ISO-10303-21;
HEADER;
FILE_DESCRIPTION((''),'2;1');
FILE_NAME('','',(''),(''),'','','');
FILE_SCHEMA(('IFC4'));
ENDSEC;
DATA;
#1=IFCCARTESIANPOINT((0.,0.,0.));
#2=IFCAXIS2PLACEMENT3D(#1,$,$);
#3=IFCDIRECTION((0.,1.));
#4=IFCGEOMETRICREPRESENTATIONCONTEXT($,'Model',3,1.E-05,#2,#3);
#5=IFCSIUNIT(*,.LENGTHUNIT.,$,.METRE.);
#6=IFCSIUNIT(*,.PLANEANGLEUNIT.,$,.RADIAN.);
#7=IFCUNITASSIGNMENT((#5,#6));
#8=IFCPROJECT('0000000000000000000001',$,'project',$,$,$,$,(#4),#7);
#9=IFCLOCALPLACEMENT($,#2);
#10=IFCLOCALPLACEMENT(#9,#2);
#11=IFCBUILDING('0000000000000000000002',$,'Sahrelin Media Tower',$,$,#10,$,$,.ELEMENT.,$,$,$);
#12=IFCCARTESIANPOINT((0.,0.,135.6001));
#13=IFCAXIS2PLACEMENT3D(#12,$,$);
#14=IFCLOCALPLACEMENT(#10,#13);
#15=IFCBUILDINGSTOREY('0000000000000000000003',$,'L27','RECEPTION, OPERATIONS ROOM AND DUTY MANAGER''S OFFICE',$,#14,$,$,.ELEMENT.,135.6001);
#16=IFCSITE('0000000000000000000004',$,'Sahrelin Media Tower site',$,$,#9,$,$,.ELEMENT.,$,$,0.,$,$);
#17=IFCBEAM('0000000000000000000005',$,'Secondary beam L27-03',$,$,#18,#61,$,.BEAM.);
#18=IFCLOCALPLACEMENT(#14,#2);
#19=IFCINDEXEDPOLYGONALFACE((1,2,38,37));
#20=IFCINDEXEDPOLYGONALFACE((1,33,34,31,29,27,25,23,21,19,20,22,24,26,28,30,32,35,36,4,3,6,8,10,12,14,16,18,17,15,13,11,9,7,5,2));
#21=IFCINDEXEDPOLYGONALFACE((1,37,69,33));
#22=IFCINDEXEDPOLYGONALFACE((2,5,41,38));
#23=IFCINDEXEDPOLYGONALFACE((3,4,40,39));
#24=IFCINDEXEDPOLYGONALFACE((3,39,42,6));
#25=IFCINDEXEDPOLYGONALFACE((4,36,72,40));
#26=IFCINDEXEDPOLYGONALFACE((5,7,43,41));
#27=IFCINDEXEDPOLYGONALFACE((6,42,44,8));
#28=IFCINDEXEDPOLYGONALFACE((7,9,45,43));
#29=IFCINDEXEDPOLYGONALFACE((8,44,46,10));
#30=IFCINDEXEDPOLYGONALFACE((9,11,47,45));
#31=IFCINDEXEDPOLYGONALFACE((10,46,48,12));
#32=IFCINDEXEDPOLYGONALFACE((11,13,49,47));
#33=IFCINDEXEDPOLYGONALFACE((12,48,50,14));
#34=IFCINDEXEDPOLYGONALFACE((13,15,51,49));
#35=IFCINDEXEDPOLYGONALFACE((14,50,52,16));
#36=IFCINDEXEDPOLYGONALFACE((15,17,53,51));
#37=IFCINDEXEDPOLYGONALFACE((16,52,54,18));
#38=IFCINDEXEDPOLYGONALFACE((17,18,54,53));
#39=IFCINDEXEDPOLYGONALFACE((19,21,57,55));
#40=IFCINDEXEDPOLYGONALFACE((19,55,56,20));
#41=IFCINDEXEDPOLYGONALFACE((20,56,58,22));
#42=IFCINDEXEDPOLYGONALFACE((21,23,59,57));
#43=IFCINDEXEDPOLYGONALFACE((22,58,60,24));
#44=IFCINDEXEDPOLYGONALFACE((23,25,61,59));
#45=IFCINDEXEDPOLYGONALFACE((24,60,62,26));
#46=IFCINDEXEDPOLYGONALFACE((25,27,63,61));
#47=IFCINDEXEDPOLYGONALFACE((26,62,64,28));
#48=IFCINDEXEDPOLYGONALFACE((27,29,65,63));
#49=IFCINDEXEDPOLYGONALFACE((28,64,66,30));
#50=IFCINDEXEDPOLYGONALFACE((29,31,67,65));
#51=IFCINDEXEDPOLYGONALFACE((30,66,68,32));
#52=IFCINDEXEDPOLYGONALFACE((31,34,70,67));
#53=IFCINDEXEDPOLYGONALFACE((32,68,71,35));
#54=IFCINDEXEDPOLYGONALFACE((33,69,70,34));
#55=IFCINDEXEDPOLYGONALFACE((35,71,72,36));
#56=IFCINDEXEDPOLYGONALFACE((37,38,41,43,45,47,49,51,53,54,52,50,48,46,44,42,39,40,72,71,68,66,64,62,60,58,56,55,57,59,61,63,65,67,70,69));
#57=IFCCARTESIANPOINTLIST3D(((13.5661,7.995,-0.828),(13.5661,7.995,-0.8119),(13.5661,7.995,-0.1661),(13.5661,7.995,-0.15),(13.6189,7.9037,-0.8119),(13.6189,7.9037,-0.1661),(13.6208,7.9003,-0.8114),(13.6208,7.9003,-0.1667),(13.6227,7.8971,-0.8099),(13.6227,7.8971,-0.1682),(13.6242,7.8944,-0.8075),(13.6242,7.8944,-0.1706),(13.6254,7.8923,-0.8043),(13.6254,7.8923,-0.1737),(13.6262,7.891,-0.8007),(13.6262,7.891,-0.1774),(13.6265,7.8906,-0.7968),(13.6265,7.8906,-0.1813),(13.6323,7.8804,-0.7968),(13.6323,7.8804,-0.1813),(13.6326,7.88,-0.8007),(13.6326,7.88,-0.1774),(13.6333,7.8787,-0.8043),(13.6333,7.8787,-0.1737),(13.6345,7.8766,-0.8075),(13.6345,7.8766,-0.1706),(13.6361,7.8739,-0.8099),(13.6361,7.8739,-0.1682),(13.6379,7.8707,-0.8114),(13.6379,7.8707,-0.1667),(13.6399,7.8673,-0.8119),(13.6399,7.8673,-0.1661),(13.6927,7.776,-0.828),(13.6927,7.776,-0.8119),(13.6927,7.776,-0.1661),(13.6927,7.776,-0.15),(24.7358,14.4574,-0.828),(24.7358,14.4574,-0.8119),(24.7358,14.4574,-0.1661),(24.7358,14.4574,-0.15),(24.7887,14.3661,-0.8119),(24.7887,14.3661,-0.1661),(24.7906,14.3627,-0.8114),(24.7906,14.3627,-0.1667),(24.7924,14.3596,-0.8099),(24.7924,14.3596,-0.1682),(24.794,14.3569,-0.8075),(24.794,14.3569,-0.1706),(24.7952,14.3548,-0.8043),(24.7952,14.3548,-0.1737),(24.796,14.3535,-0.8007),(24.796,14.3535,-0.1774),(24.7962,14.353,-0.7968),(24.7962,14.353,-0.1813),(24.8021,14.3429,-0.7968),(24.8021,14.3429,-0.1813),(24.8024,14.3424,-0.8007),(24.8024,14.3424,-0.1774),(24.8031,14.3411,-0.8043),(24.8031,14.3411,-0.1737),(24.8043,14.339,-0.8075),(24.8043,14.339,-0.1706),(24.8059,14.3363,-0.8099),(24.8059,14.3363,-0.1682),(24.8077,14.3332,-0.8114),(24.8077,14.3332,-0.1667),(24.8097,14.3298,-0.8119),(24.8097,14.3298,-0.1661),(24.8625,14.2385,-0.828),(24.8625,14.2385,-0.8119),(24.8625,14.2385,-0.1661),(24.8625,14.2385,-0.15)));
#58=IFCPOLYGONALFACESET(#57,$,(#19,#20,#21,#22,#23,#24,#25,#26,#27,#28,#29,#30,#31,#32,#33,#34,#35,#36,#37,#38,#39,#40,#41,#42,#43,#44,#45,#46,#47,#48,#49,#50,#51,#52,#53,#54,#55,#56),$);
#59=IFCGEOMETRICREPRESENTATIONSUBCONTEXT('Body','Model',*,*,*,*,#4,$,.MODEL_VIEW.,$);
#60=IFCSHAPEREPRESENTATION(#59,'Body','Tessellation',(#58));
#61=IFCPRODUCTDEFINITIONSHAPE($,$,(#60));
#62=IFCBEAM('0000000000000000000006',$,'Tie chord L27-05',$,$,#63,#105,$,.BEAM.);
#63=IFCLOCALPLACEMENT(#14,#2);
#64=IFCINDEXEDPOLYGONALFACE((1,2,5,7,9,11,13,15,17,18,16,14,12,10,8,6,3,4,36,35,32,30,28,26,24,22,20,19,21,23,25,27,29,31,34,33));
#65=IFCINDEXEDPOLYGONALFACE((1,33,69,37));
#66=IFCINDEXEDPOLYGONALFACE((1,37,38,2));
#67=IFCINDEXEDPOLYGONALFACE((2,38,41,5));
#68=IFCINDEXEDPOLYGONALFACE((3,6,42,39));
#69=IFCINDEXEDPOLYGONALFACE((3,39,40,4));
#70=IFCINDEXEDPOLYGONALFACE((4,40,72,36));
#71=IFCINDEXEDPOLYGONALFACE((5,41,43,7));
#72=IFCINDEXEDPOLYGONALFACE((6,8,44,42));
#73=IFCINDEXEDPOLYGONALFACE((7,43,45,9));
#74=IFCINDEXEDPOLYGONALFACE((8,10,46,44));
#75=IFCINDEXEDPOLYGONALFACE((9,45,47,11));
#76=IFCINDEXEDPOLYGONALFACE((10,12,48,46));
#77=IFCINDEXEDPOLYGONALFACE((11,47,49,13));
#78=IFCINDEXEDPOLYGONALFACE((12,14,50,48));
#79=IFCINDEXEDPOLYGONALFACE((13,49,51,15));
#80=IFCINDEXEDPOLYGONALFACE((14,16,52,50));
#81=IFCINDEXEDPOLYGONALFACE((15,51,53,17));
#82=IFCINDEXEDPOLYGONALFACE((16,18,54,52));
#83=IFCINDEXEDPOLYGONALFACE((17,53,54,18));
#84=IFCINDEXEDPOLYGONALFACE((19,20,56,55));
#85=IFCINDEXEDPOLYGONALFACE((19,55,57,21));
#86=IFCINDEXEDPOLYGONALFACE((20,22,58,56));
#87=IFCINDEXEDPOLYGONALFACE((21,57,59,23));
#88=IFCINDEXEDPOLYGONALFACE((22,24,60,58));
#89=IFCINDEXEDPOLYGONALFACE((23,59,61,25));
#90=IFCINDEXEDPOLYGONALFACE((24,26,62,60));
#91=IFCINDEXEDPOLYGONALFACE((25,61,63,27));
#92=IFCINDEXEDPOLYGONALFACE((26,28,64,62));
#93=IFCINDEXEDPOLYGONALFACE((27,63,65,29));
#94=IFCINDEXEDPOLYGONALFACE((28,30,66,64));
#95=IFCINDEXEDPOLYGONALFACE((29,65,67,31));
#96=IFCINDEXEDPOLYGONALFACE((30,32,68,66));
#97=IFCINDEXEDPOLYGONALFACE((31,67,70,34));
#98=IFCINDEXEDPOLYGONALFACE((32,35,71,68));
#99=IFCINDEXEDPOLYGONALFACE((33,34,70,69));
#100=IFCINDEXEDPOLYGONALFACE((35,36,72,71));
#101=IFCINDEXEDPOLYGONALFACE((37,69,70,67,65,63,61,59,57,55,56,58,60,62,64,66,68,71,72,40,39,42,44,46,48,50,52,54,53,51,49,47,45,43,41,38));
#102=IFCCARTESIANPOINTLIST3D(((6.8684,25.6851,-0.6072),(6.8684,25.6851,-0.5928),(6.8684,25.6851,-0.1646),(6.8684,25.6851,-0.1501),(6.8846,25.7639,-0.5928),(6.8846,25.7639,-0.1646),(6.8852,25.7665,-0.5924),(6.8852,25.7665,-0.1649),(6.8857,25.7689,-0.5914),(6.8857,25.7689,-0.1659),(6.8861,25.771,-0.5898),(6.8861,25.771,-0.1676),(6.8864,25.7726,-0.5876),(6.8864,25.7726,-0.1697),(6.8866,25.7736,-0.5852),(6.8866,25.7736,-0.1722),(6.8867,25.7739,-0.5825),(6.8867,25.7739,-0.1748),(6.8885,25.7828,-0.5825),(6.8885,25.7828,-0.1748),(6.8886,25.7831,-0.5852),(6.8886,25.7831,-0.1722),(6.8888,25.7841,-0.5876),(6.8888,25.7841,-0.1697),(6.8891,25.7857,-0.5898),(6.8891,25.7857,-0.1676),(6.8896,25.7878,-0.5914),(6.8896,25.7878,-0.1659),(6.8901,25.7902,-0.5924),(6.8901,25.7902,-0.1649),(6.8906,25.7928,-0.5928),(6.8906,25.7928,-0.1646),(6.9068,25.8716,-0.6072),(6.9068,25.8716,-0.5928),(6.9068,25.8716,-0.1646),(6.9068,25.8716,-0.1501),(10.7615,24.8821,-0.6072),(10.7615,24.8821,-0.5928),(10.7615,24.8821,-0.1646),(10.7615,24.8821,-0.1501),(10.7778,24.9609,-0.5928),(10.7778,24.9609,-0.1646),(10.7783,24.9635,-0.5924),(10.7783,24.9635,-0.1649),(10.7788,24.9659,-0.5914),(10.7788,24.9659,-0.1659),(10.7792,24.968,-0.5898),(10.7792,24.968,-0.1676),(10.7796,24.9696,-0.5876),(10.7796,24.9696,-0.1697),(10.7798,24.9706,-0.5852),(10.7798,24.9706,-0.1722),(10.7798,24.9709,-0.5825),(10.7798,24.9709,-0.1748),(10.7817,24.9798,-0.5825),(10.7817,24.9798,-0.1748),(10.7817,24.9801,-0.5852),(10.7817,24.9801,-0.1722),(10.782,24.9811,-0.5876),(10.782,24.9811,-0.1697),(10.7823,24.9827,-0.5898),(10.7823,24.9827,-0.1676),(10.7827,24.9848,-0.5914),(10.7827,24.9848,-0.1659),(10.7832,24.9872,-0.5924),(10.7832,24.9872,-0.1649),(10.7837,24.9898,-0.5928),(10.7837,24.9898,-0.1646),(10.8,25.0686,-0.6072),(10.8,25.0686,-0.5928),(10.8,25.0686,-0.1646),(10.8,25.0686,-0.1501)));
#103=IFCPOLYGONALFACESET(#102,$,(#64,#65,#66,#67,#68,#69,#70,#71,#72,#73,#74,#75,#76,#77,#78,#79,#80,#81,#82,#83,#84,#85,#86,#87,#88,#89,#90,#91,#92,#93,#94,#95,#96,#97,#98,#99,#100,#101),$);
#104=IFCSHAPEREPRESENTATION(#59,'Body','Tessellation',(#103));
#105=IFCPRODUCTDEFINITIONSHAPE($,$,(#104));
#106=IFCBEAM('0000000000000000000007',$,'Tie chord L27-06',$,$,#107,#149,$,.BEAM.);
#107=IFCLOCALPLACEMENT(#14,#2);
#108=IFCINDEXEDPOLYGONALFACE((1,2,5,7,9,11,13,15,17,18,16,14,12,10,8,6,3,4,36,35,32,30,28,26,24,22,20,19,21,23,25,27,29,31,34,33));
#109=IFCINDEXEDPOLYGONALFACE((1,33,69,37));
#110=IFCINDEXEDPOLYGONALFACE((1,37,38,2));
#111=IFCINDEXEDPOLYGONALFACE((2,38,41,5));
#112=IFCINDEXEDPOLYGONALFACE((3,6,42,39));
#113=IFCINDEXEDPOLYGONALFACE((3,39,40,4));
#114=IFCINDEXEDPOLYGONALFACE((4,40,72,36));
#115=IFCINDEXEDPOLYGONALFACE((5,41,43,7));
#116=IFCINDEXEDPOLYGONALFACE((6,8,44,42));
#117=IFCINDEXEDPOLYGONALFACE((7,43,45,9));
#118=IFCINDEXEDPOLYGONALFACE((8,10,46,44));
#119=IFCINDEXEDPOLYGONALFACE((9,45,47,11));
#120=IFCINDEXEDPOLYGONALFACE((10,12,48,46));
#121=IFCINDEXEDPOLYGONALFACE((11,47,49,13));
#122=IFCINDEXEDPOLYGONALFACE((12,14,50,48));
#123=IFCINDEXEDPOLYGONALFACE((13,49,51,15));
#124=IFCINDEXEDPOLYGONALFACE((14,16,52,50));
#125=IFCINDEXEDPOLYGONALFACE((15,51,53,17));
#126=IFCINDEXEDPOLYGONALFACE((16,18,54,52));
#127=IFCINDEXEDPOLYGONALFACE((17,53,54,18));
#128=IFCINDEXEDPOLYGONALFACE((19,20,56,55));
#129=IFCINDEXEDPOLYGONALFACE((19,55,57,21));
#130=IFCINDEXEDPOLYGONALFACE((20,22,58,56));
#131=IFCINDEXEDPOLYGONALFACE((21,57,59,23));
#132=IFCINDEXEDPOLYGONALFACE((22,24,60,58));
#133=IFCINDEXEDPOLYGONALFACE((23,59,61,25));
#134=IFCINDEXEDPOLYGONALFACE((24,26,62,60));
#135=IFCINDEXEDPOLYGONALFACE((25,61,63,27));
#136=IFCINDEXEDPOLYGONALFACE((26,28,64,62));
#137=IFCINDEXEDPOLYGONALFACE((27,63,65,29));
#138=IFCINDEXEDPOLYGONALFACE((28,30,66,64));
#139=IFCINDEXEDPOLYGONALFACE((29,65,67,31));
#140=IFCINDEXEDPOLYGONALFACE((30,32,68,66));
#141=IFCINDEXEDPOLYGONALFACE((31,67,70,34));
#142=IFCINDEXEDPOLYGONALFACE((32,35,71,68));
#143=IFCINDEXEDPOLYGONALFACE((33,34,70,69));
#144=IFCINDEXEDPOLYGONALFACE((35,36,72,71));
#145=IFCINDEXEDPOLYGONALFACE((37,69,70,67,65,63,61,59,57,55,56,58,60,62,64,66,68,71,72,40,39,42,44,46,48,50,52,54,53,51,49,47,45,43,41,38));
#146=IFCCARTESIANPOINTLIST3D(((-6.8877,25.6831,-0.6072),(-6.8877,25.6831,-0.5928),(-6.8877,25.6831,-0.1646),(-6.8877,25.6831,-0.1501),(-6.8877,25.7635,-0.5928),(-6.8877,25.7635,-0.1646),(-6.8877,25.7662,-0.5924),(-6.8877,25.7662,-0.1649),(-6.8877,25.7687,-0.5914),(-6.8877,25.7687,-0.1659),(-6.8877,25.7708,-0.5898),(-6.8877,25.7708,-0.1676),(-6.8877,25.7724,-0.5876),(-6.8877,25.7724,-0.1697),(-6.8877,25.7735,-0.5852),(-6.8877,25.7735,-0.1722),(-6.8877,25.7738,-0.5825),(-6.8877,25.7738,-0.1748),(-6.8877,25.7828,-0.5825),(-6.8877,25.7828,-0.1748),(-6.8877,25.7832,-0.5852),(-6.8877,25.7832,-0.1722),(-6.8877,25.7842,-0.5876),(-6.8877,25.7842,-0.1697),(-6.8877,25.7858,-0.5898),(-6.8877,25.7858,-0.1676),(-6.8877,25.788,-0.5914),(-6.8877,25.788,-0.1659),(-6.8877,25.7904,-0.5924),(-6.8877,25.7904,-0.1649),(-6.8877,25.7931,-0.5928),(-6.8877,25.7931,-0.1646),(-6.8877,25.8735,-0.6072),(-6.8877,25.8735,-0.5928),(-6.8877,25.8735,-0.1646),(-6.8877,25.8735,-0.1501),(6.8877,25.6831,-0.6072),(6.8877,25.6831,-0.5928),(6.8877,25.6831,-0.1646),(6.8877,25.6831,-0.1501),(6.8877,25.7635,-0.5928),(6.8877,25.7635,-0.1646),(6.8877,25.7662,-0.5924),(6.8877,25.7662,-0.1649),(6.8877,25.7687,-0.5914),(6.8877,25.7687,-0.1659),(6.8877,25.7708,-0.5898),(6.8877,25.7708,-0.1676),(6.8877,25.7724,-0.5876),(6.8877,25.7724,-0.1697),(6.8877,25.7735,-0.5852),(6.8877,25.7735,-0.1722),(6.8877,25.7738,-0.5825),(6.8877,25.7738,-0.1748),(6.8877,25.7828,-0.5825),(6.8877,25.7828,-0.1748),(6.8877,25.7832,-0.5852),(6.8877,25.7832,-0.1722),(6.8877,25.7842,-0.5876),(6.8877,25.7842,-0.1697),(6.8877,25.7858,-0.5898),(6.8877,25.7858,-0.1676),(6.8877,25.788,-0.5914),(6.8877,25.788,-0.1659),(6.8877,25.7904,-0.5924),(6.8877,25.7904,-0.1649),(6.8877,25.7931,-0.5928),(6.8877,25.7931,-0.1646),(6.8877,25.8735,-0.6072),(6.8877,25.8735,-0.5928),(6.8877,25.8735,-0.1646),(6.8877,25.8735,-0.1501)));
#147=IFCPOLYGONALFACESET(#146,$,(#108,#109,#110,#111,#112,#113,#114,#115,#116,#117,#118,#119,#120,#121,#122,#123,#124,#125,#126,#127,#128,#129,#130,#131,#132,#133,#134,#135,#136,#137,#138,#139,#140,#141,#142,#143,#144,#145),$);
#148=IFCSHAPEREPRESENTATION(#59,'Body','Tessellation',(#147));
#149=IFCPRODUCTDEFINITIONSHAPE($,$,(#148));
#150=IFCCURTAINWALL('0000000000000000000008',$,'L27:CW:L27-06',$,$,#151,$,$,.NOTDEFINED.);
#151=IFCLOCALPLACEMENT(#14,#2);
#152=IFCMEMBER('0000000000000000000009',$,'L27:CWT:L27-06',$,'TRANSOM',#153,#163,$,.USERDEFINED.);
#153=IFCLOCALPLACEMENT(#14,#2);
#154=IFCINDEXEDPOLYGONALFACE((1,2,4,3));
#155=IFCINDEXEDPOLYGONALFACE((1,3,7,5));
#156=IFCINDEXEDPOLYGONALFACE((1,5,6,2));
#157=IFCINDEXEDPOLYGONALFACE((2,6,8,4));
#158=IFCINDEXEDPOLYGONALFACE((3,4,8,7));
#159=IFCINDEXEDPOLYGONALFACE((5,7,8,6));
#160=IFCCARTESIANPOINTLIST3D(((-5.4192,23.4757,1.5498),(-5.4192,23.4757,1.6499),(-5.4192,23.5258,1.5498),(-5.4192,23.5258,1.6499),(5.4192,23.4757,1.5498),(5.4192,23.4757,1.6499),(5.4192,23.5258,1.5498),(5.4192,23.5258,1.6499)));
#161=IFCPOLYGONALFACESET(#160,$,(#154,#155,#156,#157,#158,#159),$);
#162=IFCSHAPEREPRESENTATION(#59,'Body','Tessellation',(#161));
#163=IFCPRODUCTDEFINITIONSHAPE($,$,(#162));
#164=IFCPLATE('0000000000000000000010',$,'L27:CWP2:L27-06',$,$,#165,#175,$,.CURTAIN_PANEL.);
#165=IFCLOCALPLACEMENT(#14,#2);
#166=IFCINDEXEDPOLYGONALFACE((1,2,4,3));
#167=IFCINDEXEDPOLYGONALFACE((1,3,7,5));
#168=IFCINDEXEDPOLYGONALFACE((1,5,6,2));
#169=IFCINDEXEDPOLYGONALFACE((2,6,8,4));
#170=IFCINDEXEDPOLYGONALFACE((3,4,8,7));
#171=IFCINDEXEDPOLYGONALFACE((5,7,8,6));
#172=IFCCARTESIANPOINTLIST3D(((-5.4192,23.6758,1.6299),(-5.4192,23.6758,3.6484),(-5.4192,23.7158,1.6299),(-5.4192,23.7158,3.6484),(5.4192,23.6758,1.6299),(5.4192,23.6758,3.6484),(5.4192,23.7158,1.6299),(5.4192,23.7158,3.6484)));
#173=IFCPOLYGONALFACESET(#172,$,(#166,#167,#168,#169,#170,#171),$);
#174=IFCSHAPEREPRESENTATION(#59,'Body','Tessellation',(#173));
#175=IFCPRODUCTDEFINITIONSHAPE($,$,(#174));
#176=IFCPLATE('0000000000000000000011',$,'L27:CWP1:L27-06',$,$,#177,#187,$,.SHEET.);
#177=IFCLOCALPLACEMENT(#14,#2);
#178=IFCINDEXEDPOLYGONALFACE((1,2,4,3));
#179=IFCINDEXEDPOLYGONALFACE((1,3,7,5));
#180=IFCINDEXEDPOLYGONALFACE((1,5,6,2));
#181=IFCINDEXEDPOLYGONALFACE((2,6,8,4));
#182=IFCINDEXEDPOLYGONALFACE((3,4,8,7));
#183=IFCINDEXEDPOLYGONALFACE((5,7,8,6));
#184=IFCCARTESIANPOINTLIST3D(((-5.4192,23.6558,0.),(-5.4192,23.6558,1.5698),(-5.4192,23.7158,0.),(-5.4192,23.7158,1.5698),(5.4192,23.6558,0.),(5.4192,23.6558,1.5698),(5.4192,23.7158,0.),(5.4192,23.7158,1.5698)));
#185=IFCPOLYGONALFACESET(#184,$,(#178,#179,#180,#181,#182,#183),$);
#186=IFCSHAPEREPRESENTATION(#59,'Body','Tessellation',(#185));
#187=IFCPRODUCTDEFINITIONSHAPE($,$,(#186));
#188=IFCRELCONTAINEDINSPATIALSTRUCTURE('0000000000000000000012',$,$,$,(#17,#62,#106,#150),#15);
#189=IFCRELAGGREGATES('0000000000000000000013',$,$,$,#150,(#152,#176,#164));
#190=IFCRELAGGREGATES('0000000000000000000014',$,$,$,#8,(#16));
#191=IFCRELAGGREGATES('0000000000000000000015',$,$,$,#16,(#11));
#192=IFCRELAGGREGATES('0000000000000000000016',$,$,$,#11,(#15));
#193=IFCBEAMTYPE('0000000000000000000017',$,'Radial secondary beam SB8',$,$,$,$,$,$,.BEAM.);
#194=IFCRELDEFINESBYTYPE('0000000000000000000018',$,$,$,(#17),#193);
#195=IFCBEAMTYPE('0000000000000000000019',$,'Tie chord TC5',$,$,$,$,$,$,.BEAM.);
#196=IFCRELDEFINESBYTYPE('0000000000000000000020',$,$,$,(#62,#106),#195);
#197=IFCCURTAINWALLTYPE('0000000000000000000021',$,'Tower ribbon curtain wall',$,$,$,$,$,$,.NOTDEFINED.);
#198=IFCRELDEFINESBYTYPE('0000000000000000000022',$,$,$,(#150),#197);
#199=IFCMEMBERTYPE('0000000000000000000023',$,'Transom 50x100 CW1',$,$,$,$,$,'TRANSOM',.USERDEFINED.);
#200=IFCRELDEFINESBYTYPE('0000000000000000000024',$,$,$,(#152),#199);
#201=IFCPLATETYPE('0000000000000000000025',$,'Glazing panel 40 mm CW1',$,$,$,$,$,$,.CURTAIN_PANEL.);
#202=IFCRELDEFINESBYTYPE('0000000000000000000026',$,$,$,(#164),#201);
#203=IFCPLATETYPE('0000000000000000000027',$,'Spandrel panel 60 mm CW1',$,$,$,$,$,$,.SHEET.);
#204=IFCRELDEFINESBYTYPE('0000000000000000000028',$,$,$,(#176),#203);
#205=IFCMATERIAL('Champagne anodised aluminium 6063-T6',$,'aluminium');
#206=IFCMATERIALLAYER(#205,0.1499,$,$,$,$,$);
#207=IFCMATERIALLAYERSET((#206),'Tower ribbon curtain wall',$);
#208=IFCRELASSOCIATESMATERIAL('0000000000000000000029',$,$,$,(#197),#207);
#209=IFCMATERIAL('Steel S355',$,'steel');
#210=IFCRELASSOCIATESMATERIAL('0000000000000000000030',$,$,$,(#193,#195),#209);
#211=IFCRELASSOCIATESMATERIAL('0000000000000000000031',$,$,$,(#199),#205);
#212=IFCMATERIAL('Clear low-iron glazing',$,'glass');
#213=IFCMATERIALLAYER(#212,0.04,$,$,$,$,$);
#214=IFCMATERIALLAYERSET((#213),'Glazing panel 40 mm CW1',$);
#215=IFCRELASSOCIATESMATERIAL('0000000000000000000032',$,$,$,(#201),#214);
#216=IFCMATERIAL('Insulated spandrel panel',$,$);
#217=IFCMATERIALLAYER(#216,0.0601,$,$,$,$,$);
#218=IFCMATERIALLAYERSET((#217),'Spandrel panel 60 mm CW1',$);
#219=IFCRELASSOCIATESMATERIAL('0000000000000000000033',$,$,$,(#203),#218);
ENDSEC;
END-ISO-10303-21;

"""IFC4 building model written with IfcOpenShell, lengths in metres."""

from ifc_helpers import new_model, si_unit, direction, frame, origin, origin_2d, place, context, subcontext, project, spatial, polyline, rectangle, i_section, outline, extrude, material, layer, layer_set, material_profile, profile_set, type_object, element, aggregate, save


model = new_model("IFC4")

# Units and contexts
model_context = context("Model", 3, precision=1e-05, world=origin(), true_north=direction((0.0, 1.0)))
body_context = subcontext(model_context, "Body", "Model", "MODEL_VIEW")
ifc_project = project(units=[si_unit("LENGTHUNIT", "METRE"), si_unit("PLANEANGLEUNIT", "RADIAN")], contexts=[model_context])

# Site, building, storey
site_placement = place(None, origin())
site = spatial("IfcSite", under=ifc_project, at=site_placement, Name="Sahrelin Media Tower site", CompositionType="ELEMENT", RefElevation=0.0)
building_placement = place(site_placement, origin())
building = spatial("IfcBuilding", under=site, at=building_placement, Name="Sahrelin Media Tower", CompositionType="ELEMENT")
storey_placement = place(building_placement, frame((0.0, 0.0, 135.6001)))
storey = spatial("IfcBuildingStorey", under=building, at=storey_placement, Name="L27", Description="RECEPTION, OPERATIONS ROOM AND DUTY MANAGER'S OFFICE", CompositionType="ELEMENT", Elevation=135.6001)

# Shared definitions
ifc_material_1 = material(Name="Steel S355", Category="steel")

# Shared definitions
ifc_material_2 = material(Name="Champagne anodised aluminium 6063-T6", Category="aluminium")
ifc_layer_1 = layer(ifc_material_2, 0.1499)
ifc_layer_set_1 = layer_set([ifc_layer_1], Name="Tower ribbon curtain wall")
curtain_wall_type = type_object("IfcCurtainWallType", Name="Tower ribbon curtain wall", PredefinedType="NOTDEFINED", material=ifc_layer_set_1)

# Beams
ifc_material_profile_1 = material_profile(ifc_material_1, i_section(OverallWidth=0.2529, OverallDepth=0.678, WebThickness=0.0117, FlangeThickness=0.0161, FilletRadius=0.0151, at=origin_2d()), Name="UB 686x254x125")
ifc_profile_set_1 = profile_set([ifc_material_profile_1], Name="Steel S355")
beam_type_1 = type_object("IfcBeamType", Name="Radial secondary beam SB8", PredefinedType="BEAM", material=ifc_profile_set_1)
beam_1_placement = place(storey_placement, frame((13.6294, 7.8855, -0.489), z_axis=(0.865569, 0.500789, 0.0), x_axis=(-0.500789, 0.865569, 0.0)))
element("IfcBeam", 1, at=beam_1_placement, inside=storey, type_object=beam_type_1, Name="Secondary beam L27-03", PredefinedType="BEAM", context=body_context, shape_type="SweptSolid", body=[
    extrude(i_section(OverallWidth=0.2529, OverallDepth=0.678, WebThickness=0.0117, FlangeThickness=0.0161, FilletRadius=0.0151, at=origin_2d()), origin(), (0.0, 0.0, 1.0), 12.9045),
])
ifc_material_profile_2 = material_profile(ifc_material_1, i_section(OverallWidth=0.1904, OverallDepth=0.457, WebThickness=0.009, FlangeThickness=0.0144, FilletRadius=0.0103, at=origin_2d()), Name="UB 457x191x74")
ifc_profile_set_2 = profile_set([ifc_material_profile_2], Name="Steel S355")
beam_type_2 = type_object("IfcBeamType", Name="Tie chord TC5", PredefinedType="BEAM", material=ifc_profile_set_2)
beam_2_placement = place(storey_placement, frame((10.7808, 24.9753, -0.3787), z_axis=(-0.979384, 0.202006, 0.0), x_axis=(-0.202006, -0.979384, 0.0)))
element("IfcBeam", 2, at=beam_2_placement, inside=storey, type_object=beam_type_2, Name="Tie chord L27-05", PredefinedType="BEAM", context=body_context, shape_type="SweptSolid", body=[
    extrude(i_section(OverallWidth=0.1904, OverallDepth=0.457, WebThickness=0.009, FlangeThickness=0.0144, FilletRadius=0.0103, at=origin_2d()), origin(), (0.0, 0.0, 1.0), 3.9751),
])
beam_3_placement = place(storey_placement, frame((6.8877, 25.7783, -0.3787), z_axis=(-1.0, 0.0, 0.0), x_axis=(0.0, -1.0, 0.0)))
element("IfcBeam", 3, at=beam_3_placement, inside=storey, type_object=beam_type_2, Name="Tie chord L27-06", PredefinedType="BEAM", context=body_context, shape_type="SweptSolid", body=[
    extrude(i_section(OverallWidth=0.1904, OverallDepth=0.457, WebThickness=0.009, FlangeThickness=0.0144, FilletRadius=0.0103, at=origin_2d()), origin(), (0.0, 0.0, 1.0), 13.7754),
])

# Curtain wall, member, plates
placement_1 = place(storey_placement, frame((0.0, 23.6958, 0.0), z_axis=(0.0, 0.0, 1.0), x_axis=(1.0, 0.0, 0.0)))
curtain_wall_1 = element("IfcCurtainWall", 4, at=placement_1, inside=storey, type_object=curtain_wall_type, Name="L27:CW:L27-06", PredefinedType="NOTDEFINED")
ifc_material_profile_3 = material_profile(ifc_material_2, rectangle(XDim=0.05, YDim=0.1001, at=origin_2d()), Name="Transom 50x100")
ifc_profile_set_3 = profile_set([ifc_material_profile_3], Name="Champagne anodised aluminium 6063-T6")
member_type_1 = type_object("IfcMemberType", Name="Transom 50x100 CW1", ElementType="TRANSOM", PredefinedType="USERDEFINED", material=ifc_profile_set_3)
member_1_placement = place(storey_placement, frame((5.4192, 23.5007, 1.5999), z_axis=(-1.0, 0.0, 0.0), x_axis=(0.0, -1.0, 0.0)))
member_1 = element("IfcMember", 5, at=member_1_placement, type_object=member_type_1, Name="L27:CWT:L27-06", ObjectType="TRANSOM", PredefinedType="USERDEFINED", context=body_context, shape_type="SweptSolid", body=[
    extrude(rectangle(XDim=0.05, YDim=0.1001, at=origin_2d()), origin(), (0.0, 0.0, 1.0), 10.8384),
])
ifc_material_3 = material(Name="Clear low-iron glazing", Category="glass")
ifc_layer_2 = layer(ifc_material_3, 0.04)
ifc_layer_set_2 = layer_set([ifc_layer_2], Name="Glazing panel 40 mm CW1")
plate_type_1 = type_object("IfcPlateType", Name="Glazing panel 40 mm CW1", PredefinedType="CURTAIN_PANEL", material=ifc_layer_set_2)
plate_1_placement = place(storey_placement, frame((5.4192, 23.7158, 1.6299), z_axis=(0.0, 1.0, 0.0), x_axis=(-1.0, 0.0, 0.0)))
plate_1 = element("IfcPlate", 6, at=plate_1_placement, type_object=plate_type_1, Name="L27:CWP2:L27-06", PredefinedType="CURTAIN_PANEL", context=body_context, shape_type="SweptSolid", body=[
    extrude(outline(polyline([(0.0, 0.0), (10.8384, 0.0), (10.8384, 2.0186), (0.0, 2.0186), (0.0, 0.0)])), origin(), (0.0, 0.0, -1.0), 0.04),
])
ifc_material_4 = material(Name="Insulated spandrel panel")
ifc_layer_3 = layer(ifc_material_4, 0.0601)
ifc_layer_set_3 = layer_set([ifc_layer_3], Name="Spandrel panel 60 mm CW1")
plate_type_2 = type_object("IfcPlateType", Name="Spandrel panel 60 mm CW1", PredefinedType="SHEET", material=ifc_layer_set_3)
plate_2_placement = place(storey_placement, frame((5.4192, 23.7158, 0.0), z_axis=(0.0, 1.0, 0.0), x_axis=(-1.0, 0.0, 0.0)))
plate_2 = element("IfcPlate", 7, at=plate_2_placement, type_object=plate_type_2, Name="L27:CWP1:L27-06", PredefinedType="SHEET", context=body_context, shape_type="SweptSolid", body=[
    extrude(outline(polyline([(0.0, 0.0), (10.8384, 0.0), (10.8384, 1.5698), (0.0, 1.5698), (0.0, 0.0)])), origin(), (0.0, 0.0, -1.0), 0.0601),
])
aggregate(curtain_wall_1, [member_1, plate_2, plate_1])

save(model, "model.ifc")
